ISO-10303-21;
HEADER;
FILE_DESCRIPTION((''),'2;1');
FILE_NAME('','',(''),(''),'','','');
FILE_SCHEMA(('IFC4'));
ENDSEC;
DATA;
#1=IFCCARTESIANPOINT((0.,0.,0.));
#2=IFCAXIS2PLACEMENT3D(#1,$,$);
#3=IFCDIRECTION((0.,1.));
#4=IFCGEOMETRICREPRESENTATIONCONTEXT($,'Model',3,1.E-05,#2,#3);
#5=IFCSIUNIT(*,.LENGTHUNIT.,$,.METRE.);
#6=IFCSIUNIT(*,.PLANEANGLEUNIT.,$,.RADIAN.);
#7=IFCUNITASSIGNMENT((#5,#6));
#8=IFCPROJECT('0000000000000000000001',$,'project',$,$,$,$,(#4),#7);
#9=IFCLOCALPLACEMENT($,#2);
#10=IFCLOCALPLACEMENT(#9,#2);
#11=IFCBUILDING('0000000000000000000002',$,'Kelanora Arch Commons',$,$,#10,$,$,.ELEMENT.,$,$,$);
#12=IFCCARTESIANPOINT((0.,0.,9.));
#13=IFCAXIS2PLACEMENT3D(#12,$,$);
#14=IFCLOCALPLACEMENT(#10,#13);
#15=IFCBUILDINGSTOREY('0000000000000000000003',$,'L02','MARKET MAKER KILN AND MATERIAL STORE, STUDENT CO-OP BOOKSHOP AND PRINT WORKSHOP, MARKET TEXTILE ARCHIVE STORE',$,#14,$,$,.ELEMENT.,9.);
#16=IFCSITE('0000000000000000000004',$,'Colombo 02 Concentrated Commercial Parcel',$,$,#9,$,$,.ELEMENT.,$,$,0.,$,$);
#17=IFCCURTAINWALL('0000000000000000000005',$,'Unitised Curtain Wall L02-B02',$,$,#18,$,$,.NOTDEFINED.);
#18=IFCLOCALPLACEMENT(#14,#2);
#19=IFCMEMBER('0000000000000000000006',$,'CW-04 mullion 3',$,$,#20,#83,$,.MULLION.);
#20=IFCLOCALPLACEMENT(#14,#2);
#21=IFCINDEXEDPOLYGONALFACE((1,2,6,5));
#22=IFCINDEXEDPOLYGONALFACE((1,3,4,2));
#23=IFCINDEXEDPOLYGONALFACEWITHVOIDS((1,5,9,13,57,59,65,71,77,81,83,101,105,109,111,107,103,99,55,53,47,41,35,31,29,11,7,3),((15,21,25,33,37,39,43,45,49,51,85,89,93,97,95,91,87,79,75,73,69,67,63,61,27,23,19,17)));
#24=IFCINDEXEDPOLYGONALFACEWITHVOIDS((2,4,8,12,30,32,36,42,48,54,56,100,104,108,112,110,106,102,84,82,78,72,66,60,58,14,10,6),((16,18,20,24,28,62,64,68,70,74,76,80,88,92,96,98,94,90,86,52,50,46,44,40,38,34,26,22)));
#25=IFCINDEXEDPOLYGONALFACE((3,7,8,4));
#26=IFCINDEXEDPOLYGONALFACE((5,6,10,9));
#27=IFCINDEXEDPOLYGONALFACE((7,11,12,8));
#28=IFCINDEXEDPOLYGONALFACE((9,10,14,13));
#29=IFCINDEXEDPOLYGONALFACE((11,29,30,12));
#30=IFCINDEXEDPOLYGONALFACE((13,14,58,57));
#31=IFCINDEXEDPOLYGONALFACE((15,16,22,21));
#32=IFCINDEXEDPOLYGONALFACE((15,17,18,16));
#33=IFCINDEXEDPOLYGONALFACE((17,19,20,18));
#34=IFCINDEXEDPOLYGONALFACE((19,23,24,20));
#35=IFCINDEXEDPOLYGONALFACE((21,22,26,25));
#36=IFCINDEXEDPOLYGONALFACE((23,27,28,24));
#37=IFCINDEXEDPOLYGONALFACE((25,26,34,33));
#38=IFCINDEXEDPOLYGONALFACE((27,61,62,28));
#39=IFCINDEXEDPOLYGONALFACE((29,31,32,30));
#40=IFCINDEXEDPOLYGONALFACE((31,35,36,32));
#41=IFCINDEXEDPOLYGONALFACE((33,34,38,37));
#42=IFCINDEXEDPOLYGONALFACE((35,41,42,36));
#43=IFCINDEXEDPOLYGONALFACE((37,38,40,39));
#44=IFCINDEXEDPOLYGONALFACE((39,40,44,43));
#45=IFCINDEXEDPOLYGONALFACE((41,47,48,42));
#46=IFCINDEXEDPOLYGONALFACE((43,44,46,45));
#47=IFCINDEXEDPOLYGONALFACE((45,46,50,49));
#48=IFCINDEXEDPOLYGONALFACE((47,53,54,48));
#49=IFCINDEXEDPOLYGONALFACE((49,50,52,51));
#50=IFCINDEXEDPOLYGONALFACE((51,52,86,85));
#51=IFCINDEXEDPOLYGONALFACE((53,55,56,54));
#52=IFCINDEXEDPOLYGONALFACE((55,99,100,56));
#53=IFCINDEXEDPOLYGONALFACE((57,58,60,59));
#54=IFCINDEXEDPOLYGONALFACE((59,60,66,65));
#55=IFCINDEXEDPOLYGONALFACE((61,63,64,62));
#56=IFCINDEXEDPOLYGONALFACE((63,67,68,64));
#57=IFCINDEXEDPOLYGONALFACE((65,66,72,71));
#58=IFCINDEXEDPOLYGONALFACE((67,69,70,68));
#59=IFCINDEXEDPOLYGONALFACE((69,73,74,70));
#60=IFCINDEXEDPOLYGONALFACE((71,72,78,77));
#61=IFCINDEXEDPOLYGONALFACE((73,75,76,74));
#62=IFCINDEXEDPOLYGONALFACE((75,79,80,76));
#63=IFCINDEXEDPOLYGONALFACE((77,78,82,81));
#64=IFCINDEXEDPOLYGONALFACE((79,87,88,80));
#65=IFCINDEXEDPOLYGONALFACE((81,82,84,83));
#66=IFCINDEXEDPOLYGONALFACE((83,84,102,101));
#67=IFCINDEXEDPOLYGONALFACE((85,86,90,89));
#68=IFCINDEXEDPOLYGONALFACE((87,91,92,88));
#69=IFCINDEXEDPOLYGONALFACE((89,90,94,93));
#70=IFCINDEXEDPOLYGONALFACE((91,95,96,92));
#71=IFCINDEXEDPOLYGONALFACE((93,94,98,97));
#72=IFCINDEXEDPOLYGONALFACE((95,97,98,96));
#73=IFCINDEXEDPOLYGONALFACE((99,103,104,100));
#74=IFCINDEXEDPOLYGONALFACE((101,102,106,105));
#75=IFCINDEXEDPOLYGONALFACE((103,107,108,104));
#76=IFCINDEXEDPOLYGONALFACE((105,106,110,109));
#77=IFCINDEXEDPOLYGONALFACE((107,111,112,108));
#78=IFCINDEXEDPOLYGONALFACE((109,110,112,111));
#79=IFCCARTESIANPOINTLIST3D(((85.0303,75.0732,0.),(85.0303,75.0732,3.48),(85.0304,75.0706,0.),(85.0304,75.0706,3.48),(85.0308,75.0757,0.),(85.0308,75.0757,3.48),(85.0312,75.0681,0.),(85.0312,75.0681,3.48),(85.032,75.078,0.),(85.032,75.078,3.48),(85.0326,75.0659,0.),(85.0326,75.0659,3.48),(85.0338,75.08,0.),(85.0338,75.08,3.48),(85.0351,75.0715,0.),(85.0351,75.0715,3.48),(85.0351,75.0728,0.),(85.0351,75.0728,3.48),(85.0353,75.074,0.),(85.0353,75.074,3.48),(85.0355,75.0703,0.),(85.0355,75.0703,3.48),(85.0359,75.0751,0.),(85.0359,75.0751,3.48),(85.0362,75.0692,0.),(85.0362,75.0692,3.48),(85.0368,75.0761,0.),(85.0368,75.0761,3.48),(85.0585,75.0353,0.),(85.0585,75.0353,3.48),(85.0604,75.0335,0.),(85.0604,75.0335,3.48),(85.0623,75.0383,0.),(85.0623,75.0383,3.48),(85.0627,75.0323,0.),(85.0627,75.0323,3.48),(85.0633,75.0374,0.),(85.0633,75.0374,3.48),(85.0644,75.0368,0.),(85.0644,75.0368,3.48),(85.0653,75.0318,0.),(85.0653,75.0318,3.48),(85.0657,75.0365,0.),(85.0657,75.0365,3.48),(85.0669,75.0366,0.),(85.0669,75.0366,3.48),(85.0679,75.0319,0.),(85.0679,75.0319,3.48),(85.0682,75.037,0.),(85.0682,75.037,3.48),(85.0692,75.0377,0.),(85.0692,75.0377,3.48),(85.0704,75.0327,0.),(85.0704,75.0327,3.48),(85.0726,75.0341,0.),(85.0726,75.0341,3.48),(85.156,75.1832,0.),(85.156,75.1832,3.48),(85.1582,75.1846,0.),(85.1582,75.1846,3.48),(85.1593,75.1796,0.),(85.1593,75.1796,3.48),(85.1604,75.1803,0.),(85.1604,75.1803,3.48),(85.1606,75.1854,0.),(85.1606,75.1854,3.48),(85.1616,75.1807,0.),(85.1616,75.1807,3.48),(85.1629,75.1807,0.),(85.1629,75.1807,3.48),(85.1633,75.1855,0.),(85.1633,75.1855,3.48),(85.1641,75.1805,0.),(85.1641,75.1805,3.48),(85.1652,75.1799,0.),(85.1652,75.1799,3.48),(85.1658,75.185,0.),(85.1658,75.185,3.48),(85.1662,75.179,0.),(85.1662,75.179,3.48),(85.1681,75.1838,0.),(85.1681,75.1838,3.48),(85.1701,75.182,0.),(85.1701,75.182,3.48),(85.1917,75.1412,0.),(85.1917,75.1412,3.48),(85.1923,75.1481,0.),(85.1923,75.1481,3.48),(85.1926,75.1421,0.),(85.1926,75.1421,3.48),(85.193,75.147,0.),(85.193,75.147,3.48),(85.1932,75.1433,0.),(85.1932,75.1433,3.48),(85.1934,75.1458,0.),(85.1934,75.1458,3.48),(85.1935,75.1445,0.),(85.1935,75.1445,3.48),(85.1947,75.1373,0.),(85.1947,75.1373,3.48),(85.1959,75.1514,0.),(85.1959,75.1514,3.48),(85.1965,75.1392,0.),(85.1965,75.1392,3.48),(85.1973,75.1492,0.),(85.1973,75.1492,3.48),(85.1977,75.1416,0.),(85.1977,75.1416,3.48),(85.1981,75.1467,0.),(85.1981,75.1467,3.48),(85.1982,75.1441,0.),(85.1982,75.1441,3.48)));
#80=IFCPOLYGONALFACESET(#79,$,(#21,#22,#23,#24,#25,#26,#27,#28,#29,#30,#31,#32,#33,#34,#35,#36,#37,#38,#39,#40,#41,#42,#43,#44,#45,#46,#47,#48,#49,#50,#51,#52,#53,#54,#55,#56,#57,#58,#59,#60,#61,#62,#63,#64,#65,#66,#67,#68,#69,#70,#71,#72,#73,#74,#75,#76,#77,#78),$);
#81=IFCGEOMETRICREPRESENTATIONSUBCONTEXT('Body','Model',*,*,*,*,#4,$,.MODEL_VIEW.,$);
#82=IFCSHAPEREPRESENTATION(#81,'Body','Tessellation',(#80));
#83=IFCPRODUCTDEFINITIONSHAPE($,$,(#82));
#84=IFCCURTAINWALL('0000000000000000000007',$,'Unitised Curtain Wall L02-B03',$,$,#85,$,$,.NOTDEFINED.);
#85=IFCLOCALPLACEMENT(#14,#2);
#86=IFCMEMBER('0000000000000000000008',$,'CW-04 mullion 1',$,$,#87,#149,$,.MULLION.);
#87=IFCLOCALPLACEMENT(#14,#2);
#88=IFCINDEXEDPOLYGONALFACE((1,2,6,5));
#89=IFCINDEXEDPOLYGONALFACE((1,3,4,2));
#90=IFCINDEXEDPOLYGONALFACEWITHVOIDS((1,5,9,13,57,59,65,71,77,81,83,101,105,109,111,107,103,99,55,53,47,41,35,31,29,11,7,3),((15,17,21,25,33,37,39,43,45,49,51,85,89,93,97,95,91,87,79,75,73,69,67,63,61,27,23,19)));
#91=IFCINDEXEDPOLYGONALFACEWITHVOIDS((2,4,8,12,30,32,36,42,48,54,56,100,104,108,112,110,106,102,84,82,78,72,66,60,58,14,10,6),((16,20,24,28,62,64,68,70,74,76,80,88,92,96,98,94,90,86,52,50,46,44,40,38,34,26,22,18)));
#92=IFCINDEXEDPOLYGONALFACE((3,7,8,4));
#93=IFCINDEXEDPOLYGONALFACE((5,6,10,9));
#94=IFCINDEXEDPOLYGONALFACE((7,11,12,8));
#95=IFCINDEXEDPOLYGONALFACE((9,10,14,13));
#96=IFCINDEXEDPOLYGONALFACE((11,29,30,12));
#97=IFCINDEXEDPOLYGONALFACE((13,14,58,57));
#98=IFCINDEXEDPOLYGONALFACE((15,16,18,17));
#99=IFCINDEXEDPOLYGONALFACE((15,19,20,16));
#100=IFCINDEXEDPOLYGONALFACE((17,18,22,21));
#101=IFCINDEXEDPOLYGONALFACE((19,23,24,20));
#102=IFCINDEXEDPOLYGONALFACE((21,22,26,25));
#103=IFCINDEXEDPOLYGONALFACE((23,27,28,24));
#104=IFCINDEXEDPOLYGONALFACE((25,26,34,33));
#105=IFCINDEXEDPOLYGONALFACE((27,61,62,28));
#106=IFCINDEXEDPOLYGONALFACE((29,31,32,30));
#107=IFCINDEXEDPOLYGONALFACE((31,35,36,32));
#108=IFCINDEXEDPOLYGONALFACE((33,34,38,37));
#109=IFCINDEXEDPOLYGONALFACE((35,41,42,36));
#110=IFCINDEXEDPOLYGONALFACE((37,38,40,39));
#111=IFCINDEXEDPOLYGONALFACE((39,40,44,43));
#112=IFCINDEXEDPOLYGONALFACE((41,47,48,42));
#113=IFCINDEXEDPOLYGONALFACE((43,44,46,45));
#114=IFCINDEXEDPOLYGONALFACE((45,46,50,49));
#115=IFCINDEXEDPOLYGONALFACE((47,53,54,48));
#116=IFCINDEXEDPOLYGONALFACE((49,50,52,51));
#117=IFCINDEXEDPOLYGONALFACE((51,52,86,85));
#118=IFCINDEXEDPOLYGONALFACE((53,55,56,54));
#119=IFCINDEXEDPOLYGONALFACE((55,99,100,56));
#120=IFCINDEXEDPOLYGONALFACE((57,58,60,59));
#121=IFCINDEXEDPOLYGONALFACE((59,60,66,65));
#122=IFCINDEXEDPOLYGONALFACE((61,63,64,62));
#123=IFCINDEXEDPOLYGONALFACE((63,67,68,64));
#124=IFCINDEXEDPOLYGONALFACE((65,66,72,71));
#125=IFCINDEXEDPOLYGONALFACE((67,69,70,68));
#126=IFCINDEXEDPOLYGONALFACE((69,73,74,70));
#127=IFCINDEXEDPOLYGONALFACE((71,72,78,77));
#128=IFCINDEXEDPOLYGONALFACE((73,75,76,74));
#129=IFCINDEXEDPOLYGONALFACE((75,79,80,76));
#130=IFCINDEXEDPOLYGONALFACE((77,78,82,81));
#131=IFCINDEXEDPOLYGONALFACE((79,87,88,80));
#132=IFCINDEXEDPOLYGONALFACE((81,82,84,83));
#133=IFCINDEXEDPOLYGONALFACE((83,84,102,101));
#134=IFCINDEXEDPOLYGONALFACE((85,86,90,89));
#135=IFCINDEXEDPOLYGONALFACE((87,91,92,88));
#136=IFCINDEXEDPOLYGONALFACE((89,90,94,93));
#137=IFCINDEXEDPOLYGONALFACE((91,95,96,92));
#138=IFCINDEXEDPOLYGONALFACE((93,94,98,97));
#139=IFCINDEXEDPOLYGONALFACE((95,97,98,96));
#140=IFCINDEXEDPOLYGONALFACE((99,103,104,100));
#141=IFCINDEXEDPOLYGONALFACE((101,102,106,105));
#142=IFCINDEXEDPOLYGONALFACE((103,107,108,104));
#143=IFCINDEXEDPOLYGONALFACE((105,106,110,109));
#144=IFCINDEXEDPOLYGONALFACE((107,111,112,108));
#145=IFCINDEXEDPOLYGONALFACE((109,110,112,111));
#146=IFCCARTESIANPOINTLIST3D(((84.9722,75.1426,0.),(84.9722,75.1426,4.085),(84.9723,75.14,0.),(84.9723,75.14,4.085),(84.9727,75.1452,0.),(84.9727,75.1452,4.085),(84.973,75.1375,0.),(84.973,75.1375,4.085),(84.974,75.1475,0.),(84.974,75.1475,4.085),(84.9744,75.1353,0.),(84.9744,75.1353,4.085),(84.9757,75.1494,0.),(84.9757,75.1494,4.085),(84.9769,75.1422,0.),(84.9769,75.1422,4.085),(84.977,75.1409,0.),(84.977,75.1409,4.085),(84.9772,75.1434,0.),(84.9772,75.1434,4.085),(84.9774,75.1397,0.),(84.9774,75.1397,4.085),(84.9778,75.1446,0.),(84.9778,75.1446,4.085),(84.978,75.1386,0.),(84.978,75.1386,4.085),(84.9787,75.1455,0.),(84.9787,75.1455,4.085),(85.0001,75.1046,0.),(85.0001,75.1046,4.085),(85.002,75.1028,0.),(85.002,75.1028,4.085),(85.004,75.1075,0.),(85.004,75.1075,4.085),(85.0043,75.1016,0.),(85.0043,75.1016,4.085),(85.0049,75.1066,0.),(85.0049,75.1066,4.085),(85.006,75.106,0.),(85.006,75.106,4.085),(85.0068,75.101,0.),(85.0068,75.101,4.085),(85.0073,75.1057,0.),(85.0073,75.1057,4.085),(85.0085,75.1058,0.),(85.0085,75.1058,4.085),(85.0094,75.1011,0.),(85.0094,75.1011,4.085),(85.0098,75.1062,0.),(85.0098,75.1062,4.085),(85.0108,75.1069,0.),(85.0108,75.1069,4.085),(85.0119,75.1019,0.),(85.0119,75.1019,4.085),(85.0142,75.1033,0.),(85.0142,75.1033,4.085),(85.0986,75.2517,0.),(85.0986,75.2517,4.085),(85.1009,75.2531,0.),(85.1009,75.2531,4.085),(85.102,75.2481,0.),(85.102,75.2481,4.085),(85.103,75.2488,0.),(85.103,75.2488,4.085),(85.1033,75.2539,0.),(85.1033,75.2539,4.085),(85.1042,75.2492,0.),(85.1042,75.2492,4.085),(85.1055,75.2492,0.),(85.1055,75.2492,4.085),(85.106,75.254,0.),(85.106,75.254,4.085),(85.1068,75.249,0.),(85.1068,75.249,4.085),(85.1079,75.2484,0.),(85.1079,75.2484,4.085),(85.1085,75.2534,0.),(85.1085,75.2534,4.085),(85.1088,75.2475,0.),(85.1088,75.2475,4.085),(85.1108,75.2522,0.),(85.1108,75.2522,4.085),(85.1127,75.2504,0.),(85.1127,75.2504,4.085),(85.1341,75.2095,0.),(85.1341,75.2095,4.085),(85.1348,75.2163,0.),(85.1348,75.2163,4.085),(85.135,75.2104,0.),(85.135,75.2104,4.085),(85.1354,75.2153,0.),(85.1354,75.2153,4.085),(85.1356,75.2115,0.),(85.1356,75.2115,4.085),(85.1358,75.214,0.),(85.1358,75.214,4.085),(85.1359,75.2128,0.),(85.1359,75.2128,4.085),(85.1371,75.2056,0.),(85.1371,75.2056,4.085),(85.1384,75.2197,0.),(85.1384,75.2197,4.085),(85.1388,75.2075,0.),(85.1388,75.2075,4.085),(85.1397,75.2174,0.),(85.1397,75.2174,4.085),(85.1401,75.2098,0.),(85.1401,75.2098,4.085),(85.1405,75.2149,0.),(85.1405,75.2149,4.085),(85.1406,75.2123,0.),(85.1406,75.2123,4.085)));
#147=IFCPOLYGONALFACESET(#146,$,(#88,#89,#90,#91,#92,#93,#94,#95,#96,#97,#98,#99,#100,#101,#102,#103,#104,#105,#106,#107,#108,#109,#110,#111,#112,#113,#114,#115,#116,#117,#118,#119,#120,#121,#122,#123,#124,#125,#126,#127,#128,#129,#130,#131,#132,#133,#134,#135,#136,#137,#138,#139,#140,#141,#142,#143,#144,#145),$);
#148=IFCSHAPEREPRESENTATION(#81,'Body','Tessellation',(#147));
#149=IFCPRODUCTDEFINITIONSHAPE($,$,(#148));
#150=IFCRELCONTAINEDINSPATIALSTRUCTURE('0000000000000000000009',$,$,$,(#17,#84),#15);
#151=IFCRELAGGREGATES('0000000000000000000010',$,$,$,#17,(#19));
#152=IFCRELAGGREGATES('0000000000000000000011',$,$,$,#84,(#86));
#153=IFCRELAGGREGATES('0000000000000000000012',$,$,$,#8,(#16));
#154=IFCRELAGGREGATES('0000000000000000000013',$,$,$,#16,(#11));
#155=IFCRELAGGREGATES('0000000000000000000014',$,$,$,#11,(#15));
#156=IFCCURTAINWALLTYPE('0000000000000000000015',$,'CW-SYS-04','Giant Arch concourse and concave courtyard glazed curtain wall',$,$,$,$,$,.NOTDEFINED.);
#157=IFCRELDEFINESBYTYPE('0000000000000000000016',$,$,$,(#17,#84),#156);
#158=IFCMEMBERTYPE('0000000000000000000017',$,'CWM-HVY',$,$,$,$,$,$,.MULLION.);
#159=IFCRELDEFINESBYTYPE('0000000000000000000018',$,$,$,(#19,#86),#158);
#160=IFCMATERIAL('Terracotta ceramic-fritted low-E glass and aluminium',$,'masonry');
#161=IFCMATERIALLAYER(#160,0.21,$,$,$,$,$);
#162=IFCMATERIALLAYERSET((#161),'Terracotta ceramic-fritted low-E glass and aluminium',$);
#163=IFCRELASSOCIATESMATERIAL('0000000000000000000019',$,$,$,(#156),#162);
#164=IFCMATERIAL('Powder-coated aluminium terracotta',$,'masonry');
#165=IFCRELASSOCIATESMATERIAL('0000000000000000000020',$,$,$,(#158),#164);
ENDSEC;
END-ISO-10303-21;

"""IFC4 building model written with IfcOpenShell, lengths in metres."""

from ifc_helpers import new_model, si_unit, direction, frame, origin, origin_2d, place, context, subcontext, project, spatial, hollow_rectangle, extrude, material, layer, layer_set, material_profile, profile_set, type_object, element, aggregate, save


model = new_model("IFC4")

# Units and contexts
model_context = context("Model", 3, precision=1e-05, world=origin(), true_north=direction((0.0, 1.0)))
body_context = subcontext(model_context, "Body", "Model", "MODEL_VIEW")
ifc_project = project(units=[si_unit("LENGTHUNIT", "METRE"), si_unit("PLANEANGLEUNIT", "RADIAN")], contexts=[model_context])

# Site, building, storey
site_placement = place(None, origin())
site = spatial("IfcSite", under=ifc_project, at=site_placement, Name="Colombo 02 Concentrated Commercial Parcel", CompositionType="ELEMENT", RefElevation=0.0)
building_placement = place(site_placement, origin())
building = spatial("IfcBuilding", under=site, at=building_placement, Name="Kelanora Arch Commons", CompositionType="ELEMENT")
storey_placement = place(building_placement, frame((0.0, 0.0, 9.0)))
storey = spatial("IfcBuildingStorey", under=building, at=storey_placement, Name="L02", Description="MARKET MAKER KILN AND MATERIAL STORE, STUDENT CO-OP BOOKSHOP AND PRINT WORKSHOP, MARKET TEXTILE ARCHIVE STORE", CompositionType="ELEMENT", Elevation=9.0)

# Curtain walls, members
ifc_material_1 = material(Name="Terracotta ceramic-fritted low-E glass and aluminium", Category="masonry")
ifc_layer_1 = layer(ifc_material_1, 0.21)
ifc_layer_set_1 = layer_set([ifc_layer_1], Name="Terracotta ceramic-fritted low-E glass and aluminium")
curtain_wall_type = type_object("IfcCurtainWallType", Name="CW-SYS-04", Description="Giant Arch concourse and concave courtyard glazed curtain wall", PredefinedType="NOTDEFINED", material=ifc_layer_set_1)
curtain_wall_1_placement = place(storey_placement, origin())
curtain_wall_1 = element("IfcCurtainWall", 1, at=curtain_wall_1_placement, inside=storey, type_object=curtain_wall_type, Name="Unitised Curtain Wall L02-B02", PredefinedType="NOTDEFINED")
ifc_material_2 = material(Name="Powder-coated aluminium terracotta", Category="masonry")
ifc_material_profile_1 = material_profile(ifc_material_2, hollow_rectangle(XDim=0.1799, YDim=0.0601, WallThickness=0.0049, InnerFilletRadius=0.0049, OuterFilletRadius=0.01, at=origin_2d()), Name="CWM180x60")
ifc_profile_set_1 = profile_set([ifc_material_profile_1], Name="Powder-coated aluminium terracotta")
member_type_1 = type_object("IfcMemberType", Name="CWM-HVY", PredefinedType="MULLION", material=ifc_profile_set_1)
member_1_placement = place(storey_placement, frame((85.1143, 75.1086, 0.0), z_axis=(0.0, 0.0, 1.0), x_axis=(-0.763855, -0.645388, 0.0)))
member_1 = element("IfcMember", 2, at=member_1_placement, type_object=member_type_1, Name="CW-04 mullion 3", PredefinedType="MULLION", context=body_context, shape_type="SweptSolid", body=[
    extrude(hollow_rectangle(XDim=0.1799, YDim=0.0601, WallThickness=0.0049, InnerFilletRadius=0.0049, OuterFilletRadius=0.01, at=origin_2d()), origin(), (0.0, 0.0, 1.0), 3.48),
])
curtain_wall_2_placement = place(storey_placement, origin())
curtain_wall_2 = element("IfcCurtainWall", 3, at=curtain_wall_2_placement, inside=storey, type_object=curtain_wall_type, Name="Unitised Curtain Wall L02-B03", PredefinedType="NOTDEFINED")
member_2_placement = place(storey_placement, frame((85.0564, 75.1775, 0.0), z_axis=(0.0, 0.0, 1.0), x_axis=(-0.768623, -0.639702, 0.0)))
member_2 = element("IfcMember", 4, at=member_2_placement, type_object=member_type_1, Name="CW-04 mullion 1", PredefinedType="MULLION", context=body_context, shape_type="SweptSolid", body=[
    extrude(hollow_rectangle(XDim=0.1799, YDim=0.0601, WallThickness=0.0049, InnerFilletRadius=0.0049, OuterFilletRadius=0.01, at=origin_2d()), origin(), (0.0, 0.0, 1.0), 4.085),
])

aggregate(curtain_wall_1, [member_1])
aggregate(curtain_wall_2, [member_2])

save(model, "model.ifc")
